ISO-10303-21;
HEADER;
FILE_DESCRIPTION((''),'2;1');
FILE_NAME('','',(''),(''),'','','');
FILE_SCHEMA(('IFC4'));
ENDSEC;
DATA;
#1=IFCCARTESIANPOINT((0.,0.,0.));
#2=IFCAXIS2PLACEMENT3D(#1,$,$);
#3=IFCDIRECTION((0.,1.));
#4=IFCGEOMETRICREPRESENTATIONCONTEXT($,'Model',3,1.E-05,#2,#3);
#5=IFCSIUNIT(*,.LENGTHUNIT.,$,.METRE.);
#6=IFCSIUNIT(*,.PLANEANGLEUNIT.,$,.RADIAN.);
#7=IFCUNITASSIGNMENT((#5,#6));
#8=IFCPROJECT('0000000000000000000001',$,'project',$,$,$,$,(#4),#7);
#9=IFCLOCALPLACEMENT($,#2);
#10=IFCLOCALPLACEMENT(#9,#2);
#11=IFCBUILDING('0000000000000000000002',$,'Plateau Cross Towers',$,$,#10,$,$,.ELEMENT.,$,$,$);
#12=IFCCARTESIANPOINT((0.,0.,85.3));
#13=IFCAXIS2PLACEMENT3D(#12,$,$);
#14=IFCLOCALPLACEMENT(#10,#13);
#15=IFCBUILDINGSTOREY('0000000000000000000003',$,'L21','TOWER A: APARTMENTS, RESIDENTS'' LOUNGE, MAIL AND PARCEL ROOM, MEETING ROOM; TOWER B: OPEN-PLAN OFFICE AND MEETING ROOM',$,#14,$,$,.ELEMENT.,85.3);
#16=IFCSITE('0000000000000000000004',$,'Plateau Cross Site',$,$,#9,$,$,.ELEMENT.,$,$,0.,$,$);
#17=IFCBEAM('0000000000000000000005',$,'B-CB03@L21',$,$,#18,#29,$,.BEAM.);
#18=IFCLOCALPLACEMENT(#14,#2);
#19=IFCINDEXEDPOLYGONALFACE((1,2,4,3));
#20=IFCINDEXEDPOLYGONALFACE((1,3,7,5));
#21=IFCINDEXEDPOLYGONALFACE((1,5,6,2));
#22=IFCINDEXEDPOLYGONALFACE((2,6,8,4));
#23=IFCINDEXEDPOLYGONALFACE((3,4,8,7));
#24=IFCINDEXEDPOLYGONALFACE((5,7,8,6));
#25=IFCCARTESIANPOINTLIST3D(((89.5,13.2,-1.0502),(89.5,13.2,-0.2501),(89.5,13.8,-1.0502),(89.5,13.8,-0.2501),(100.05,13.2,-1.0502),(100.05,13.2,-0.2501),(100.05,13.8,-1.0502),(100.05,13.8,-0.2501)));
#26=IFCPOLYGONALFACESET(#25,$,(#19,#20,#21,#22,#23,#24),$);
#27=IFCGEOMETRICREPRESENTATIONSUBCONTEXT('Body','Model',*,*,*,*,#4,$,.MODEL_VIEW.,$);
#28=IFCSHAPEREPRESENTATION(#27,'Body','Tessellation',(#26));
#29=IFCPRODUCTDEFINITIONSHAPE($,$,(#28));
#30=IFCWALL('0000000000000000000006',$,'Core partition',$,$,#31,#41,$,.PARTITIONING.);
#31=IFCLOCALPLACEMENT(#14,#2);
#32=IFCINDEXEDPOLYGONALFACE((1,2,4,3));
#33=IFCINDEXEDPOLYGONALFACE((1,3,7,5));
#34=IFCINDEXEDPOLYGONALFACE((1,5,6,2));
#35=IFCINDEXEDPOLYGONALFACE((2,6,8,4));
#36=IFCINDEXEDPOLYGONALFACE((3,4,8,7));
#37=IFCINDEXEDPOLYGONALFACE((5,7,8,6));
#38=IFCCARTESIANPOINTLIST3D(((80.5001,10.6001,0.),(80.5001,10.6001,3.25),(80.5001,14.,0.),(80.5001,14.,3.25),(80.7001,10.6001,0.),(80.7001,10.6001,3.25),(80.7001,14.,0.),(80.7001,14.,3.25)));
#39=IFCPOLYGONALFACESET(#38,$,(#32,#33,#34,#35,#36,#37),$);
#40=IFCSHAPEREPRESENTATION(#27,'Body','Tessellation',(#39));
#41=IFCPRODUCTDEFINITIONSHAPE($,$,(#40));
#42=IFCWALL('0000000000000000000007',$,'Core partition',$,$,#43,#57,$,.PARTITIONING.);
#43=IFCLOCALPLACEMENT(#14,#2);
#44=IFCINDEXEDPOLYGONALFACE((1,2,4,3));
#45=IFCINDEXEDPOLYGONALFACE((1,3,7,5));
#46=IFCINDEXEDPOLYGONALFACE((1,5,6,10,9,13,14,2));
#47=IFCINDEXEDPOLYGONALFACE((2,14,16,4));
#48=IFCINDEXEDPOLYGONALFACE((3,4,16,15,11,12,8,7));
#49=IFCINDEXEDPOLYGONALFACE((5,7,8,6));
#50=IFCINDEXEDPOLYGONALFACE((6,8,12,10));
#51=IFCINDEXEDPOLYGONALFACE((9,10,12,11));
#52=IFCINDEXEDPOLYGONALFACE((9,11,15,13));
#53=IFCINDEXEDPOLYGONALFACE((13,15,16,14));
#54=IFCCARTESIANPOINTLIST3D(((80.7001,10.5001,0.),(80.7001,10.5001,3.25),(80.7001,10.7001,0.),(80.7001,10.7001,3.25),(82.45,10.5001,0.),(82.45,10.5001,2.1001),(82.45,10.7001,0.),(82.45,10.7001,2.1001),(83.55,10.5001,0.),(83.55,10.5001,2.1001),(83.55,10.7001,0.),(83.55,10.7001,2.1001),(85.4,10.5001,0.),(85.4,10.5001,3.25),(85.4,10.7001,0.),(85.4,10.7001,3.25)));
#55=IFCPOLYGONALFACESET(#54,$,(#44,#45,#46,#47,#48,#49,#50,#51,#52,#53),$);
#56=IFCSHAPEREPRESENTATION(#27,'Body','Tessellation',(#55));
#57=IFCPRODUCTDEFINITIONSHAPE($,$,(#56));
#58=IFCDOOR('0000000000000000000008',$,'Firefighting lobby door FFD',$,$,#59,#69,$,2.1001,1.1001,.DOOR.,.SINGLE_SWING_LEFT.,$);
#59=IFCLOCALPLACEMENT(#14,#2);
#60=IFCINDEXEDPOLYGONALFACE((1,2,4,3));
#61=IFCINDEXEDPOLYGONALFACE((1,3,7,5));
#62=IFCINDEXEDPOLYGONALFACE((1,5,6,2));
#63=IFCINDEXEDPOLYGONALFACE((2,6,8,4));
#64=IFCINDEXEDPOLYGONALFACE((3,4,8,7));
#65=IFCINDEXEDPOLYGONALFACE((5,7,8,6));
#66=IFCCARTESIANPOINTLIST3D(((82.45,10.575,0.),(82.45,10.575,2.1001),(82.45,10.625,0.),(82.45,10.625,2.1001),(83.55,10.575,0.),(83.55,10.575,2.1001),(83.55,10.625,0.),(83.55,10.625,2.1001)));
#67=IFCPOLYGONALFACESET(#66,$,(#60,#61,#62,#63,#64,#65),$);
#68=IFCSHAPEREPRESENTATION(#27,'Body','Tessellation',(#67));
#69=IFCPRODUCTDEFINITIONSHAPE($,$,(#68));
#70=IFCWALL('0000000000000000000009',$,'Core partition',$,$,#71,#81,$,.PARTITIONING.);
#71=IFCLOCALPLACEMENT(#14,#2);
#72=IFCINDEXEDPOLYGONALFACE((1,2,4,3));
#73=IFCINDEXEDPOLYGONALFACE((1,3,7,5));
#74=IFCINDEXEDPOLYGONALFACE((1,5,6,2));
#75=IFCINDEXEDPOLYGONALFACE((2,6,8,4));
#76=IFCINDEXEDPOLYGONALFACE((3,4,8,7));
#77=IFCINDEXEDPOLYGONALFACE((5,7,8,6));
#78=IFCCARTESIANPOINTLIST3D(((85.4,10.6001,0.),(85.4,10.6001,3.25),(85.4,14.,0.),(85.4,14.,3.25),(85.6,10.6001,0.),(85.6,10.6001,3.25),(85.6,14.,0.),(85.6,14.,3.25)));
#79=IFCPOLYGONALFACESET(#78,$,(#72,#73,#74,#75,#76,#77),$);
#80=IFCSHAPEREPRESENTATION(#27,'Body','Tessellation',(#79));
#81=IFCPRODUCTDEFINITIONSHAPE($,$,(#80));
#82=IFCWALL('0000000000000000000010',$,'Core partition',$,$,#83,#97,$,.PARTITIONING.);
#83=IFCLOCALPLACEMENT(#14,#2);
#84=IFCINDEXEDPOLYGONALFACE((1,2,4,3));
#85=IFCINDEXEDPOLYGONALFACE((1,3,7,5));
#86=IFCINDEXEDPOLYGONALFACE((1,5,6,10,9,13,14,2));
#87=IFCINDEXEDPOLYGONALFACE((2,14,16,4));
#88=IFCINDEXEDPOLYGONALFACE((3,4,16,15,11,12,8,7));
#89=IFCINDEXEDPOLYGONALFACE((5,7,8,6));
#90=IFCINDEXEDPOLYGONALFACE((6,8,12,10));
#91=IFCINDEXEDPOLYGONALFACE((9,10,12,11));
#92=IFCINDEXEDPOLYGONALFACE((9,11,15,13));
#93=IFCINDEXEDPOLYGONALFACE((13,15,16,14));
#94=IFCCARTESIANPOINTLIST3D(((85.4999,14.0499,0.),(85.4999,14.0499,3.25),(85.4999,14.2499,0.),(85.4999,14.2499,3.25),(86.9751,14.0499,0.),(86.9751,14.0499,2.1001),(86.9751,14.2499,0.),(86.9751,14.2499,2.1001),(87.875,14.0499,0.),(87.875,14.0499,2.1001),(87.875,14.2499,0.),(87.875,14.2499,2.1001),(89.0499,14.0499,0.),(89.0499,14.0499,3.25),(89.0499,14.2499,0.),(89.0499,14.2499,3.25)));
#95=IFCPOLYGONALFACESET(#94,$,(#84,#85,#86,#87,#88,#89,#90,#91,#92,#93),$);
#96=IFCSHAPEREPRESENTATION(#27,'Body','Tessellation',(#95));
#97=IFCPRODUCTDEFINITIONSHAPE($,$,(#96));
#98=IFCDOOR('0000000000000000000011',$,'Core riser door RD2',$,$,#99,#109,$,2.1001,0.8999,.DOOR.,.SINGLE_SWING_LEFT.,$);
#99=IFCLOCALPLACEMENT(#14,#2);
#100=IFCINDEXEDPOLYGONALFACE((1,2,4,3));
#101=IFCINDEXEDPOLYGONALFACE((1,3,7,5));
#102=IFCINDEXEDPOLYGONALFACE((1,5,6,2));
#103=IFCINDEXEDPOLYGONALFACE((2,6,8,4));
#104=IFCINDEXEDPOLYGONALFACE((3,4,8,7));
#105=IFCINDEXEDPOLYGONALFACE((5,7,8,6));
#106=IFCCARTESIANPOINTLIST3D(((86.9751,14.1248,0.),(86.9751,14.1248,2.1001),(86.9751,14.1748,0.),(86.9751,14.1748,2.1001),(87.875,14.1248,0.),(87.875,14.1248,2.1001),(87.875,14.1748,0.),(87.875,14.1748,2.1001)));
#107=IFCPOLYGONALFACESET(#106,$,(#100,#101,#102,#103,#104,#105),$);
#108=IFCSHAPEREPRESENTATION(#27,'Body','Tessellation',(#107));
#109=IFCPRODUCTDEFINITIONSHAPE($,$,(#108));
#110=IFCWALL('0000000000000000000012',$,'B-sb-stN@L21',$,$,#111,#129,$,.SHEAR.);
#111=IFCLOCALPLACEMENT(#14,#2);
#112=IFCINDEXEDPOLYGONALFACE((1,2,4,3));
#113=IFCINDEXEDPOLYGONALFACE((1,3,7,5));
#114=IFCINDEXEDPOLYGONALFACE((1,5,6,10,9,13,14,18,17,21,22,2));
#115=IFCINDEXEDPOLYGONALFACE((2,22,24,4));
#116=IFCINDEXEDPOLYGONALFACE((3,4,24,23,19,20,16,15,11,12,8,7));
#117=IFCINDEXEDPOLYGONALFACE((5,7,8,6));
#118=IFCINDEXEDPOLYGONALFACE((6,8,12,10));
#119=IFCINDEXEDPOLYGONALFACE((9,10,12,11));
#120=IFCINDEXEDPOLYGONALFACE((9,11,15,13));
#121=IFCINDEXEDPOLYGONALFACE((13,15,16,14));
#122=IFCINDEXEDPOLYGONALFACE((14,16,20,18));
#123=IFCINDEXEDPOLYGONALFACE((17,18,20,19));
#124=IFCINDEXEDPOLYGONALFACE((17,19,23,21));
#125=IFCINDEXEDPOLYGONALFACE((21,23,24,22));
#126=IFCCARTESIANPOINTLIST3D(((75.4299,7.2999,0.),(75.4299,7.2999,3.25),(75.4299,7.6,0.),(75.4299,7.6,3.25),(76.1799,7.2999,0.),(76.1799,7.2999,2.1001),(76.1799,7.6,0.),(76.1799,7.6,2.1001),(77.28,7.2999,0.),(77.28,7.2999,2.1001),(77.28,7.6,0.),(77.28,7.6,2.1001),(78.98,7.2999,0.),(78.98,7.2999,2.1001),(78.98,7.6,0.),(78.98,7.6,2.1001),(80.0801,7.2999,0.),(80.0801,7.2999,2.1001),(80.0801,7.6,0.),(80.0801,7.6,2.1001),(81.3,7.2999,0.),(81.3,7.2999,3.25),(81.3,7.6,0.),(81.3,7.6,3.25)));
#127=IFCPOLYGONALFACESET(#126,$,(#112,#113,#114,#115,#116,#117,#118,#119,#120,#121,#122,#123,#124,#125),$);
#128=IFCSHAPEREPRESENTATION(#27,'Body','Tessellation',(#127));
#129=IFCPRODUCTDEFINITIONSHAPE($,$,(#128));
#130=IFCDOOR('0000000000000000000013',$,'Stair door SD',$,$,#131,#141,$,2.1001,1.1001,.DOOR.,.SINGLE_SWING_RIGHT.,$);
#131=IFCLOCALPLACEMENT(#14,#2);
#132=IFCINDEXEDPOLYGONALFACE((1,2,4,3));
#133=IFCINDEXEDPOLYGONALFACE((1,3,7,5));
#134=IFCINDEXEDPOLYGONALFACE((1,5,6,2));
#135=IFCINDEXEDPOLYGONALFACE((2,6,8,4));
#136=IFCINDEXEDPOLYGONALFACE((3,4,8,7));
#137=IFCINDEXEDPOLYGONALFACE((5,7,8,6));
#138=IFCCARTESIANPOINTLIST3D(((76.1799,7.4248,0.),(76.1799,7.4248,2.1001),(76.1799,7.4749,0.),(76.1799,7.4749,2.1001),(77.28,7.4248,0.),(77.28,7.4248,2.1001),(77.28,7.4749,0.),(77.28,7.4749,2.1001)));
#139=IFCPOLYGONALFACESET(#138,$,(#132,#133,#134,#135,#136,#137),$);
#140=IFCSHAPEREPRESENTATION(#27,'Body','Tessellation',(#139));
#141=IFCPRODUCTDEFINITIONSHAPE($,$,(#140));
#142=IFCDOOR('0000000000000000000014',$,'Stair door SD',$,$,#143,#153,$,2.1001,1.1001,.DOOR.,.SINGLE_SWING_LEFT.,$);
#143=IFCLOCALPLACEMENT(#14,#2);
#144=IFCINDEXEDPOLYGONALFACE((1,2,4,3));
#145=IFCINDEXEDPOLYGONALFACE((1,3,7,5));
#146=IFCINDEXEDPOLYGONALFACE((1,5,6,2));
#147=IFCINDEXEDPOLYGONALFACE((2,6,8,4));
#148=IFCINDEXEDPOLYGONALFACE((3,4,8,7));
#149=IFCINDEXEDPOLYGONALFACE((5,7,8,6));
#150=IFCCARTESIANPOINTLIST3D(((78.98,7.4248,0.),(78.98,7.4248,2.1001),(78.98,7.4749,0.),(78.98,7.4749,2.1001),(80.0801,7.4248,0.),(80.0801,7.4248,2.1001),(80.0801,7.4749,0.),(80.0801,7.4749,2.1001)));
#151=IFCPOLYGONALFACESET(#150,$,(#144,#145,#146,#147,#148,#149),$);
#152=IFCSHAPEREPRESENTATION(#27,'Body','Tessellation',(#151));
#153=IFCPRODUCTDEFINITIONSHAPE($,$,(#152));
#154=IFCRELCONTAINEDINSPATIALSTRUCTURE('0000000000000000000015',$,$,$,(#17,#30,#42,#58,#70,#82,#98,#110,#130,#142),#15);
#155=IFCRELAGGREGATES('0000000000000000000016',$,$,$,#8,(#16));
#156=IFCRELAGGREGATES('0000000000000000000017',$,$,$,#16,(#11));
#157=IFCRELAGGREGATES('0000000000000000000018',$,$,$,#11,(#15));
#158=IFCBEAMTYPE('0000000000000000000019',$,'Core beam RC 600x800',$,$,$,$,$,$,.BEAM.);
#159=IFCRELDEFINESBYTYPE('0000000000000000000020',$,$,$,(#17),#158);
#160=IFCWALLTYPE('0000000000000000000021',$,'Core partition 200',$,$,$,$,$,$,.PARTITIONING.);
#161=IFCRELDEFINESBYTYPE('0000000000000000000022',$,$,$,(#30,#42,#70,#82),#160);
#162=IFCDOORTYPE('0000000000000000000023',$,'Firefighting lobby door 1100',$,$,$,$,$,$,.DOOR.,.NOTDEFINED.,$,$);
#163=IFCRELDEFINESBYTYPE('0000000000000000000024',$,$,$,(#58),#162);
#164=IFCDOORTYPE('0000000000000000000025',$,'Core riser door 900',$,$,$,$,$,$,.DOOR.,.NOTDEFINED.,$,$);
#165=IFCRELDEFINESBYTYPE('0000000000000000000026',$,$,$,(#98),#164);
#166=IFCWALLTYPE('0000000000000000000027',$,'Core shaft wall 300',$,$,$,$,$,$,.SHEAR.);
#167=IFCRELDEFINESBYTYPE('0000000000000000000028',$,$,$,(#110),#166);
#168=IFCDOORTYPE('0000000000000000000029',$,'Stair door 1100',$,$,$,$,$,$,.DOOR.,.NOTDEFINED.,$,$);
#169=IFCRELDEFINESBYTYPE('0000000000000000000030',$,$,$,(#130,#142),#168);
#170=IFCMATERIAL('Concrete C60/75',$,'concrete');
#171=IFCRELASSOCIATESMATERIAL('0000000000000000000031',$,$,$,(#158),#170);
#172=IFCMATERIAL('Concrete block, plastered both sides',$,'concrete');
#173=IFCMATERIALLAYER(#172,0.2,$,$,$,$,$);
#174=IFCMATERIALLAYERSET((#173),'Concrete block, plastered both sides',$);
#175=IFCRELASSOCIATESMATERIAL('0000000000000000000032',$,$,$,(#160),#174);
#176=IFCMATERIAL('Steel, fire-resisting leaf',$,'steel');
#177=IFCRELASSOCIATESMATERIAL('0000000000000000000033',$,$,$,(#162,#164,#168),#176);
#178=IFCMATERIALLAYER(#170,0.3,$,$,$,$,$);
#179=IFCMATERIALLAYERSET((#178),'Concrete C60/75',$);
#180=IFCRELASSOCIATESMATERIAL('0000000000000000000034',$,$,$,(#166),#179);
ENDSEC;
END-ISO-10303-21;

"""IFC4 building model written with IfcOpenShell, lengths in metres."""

from ifc_helpers import new_model, si_unit, direction, frame, frame_2d, origin, origin_2d, place, context, subcontext, project, spatial, rectangle, extrude, material, layer, layer_set, material_profile, profile_set, type_object, element, fill, save


model = new_model("IFC4")

# Units and contexts
model_context = context("Model", 3, precision=1e-05, world=origin(), true_north=direction((0.0, 1.0)))
body_context = subcontext(model_context, "Body", "Model", "MODEL_VIEW")
ifc_project = project(units=[si_unit("LENGTHUNIT", "METRE"), si_unit("PLANEANGLEUNIT", "RADIAN")], contexts=[model_context])

# Site, building, storey
site_placement = place(None, origin())
site = spatial("IfcSite", under=ifc_project, at=site_placement, Name="Plateau Cross Site", CompositionType="ELEMENT", RefElevation=0.0)
building_placement = place(site_placement, origin())
building = spatial("IfcBuilding", under=site, at=building_placement, Name="Plateau Cross Towers", CompositionType="ELEMENT")
storey_placement = place(building_placement, frame((0.0, 0.0, 85.3)))
storey = spatial("IfcBuildingStorey", under=building, at=storey_placement, Name="L21", Description="TOWER A: APARTMENTS, RESIDENTS' LOUNGE, MAIL AND PARCEL ROOM, MEETING ROOM; TOWER B: OPEN-PLAN OFFICE AND MEETING ROOM", CompositionType="ELEMENT", Elevation=85.3)

# Beam
ifc_material_1 = material(Name="Concrete C60/75", Category="concrete")
ifc_material_profile = material_profile(ifc_material_1, rectangle(XDim=0.6001, YDim=0.8, at=origin_2d()), Name="RC 600x800")
ifc_profile_set = profile_set([ifc_material_profile], Name="Concrete C60/75")
beam_type = type_object("IfcBeamType", Name="Core beam RC 600x800", PredefinedType="BEAM", material=ifc_profile_set)
beam_placement = place(storey_placement, frame((89.5, 13.5, -0.6501), z_axis=(1.0, 0.0, 0.0), x_axis=(0.0, 1.0, 0.0)))
element("IfcBeam", 1, at=beam_placement, inside=storey, type_object=beam_type, Name="B-CB03@L21", PredefinedType="BEAM", context=body_context, shape_type="SweptSolid", body=[
    extrude(rectangle(XDim=0.6001, YDim=0.8, at=origin_2d()), origin(), (0.0, 0.0, 1.0), 10.55),
])

# Wall
ifc_material_2 = material(Name="Concrete block, plastered both sides", Category="concrete")
ifc_layer_1 = layer(ifc_material_2, 0.2)
ifc_layer_set_1 = layer_set([ifc_layer_1], Name="Concrete block, plastered both sides")
wall_type_1 = type_object("IfcWallType", Name="Core partition 200", PredefinedType="PARTITIONING", material=ifc_layer_set_1)
wall_1_placement = place(storey_placement, frame((80.6001, 10.6001, 0.0), z_axis=(0.0, 0.0, 1.0), x_axis=(0.0, 1.0, 0.0)))
element("IfcWall", 2, at=wall_1_placement, inside=storey, type_object=wall_type_1, Name="Core partition", PredefinedType="PARTITIONING", context=body_context, shape_type="SweptSolid", body=[
    extrude(rectangle(XDim=3.3999, YDim=0.2, at=frame_2d((1.7, 0.0))), origin(), (0.0, 0.0, 1.0), 3.25),
])

# Wall, opening, door
wall_2_placement = place(storey_placement, frame((80.7, 10.6001, 0.0), z_axis=(0.0, 0.0, 1.0), x_axis=(1.0, 0.0, 0.0)))
wall_2 = element("IfcWall", 3, at=wall_2_placement, inside=storey, type_object=wall_type_1, Name="Core partition", PredefinedType="PARTITIONING", context=body_context, shape_type="SweptSolid", body=[
    extrude(rectangle(XDim=4.7, YDim=0.2, at=frame_2d((2.3501, 0.0))), origin(), (0.0, 0.0, 1.0), 3.25),
])
opening_1_placement = place(wall_2_placement, frame((1.75, 0.0, 0.0)))
opening_1 = element("IfcOpeningElement", 4, at=opening_1_placement, cuts=wall_2, PredefinedType="OPENING", context=body_context, shape_type="SweptSolid", body=[
    extrude(rectangle(XDim=1.1001, YDim=2.1001, at=frame_2d((0.55, 1.05))), frame((0.0, 0.1099, 0.0), z_axis=(0.0, -1.0, 0.0), x_axis=(1.0, 0.0, 0.0)), (0.0, 0.0, 1.0), 0.22),
])
ifc_material_3 = material(Name="Steel, fire-resisting leaf", Category="steel")
door_type_1 = type_object("IfcDoorType", Name="Firefighting lobby door 1100", OperationType="NOTDEFINED", PredefinedType="DOOR", material=ifc_material_3)
door_1_placement = place(opening_1_placement, origin())
door_1 = element("IfcDoor", 5, at=door_1_placement, inside=storey, type_object=door_type_1, Name="Firefighting lobby door FFD", OperationType="SINGLE_SWING_LEFT", OverallHeight=2.1001, OverallWidth=1.1001, PredefinedType="DOOR", context=body_context, shape_type="SweptSolid", body=[
    extrude(rectangle(XDim=1.1001, YDim=2.1001, at=frame_2d((0.55, 1.05))), frame((0.0, 0.0249, 0.0), z_axis=(0.0, -1.0, 0.0), x_axis=(1.0, 0.0, 0.0)), (0.0, 0.0, 1.0), 0.05),
])
fill(opening_1, door_1)

# Wall
wall_3_placement = place(storey_placement, frame((85.5, 10.6001, 0.0), z_axis=(0.0, 0.0, 1.0), x_axis=(0.0, 1.0, 0.0)))
element("IfcWall", 6, at=wall_3_placement, inside=storey, type_object=wall_type_1, Name="Core partition", PredefinedType="PARTITIONING", context=body_context, shape_type="SweptSolid", body=[
    extrude(rectangle(XDim=3.3999, YDim=0.2, at=frame_2d((1.7, 0.0))), origin(), (0.0, 0.0, 1.0), 3.25),
])

# Wall, opening, door
wall_4_placement = place(storey_placement, frame((85.5, 14.1499, 0.0), z_axis=(0.0, 0.0, 1.0), x_axis=(1.0, 0.0, 0.0)))
wall_4 = element("IfcWall", 7, at=wall_4_placement, inside=storey, type_object=wall_type_1, Name="Core partition", PredefinedType="PARTITIONING", context=body_context, shape_type="SweptSolid", body=[
    extrude(rectangle(XDim=3.55, YDim=0.2, at=frame_2d((1.7749, 0.0))), origin(), (0.0, 0.0, 1.0), 3.25),
])
opening_2_placement = place(wall_4_placement, frame((1.4751, 0.0, 0.0)))
opening_2 = element("IfcOpeningElement", 8, at=opening_2_placement, cuts=wall_4, PredefinedType="OPENING", context=body_context, shape_type="SweptSolid", body=[
    extrude(rectangle(XDim=0.8999, YDim=2.1001, at=frame_2d((0.45, 1.05))), frame((0.0, 0.1099, 0.0), z_axis=(0.0, -1.0, 0.0), x_axis=(1.0, 0.0, 0.0)), (0.0, 0.0, 1.0), 0.22),
])
door_type_2 = type_object("IfcDoorType", Name="Core riser door 900", OperationType="NOTDEFINED", PredefinedType="DOOR", material=ifc_material_3)
door_2_placement = place(opening_2_placement, origin())
door_2 = element("IfcDoor", 9, at=door_2_placement, inside=storey, type_object=door_type_2, Name="Core riser door RD2", OperationType="SINGLE_SWING_LEFT", OverallHeight=2.1001, OverallWidth=0.8999, PredefinedType="DOOR", context=body_context, shape_type="SweptSolid", body=[
    extrude(rectangle(XDim=0.8999, YDim=2.1001, at=frame_2d((0.45, 1.05))), frame((0.0, 0.0249, 0.0), z_axis=(0.0, -1.0, 0.0), x_axis=(1.0, 0.0, 0.0)), (0.0, 0.0, 1.0), 0.05),
])
fill(opening_2, door_2)

# Wall, openings, doors
ifc_layer_2 = layer(ifc_material_1, 0.3)
ifc_layer_set_2 = layer_set([ifc_layer_2], Name="Concrete C60/75")
wall_type_2 = type_object("IfcWallType", Name="Core shaft wall 300", PredefinedType="SHEAR", material=ifc_layer_set_2)
wall_5_placement = place(storey_placement, frame((75.4299, 7.45, 0.0), z_axis=(0.0, 0.0, 1.0), x_axis=(1.0, 0.0, 0.0)))
wall_5 = element("IfcWall", 10, at=wall_5_placement, inside=storey, type_object=wall_type_2, Name="B-sb-stN@L21", PredefinedType="SHEAR", context=body_context, shape_type="SweptSolid", body=[
    extrude(rectangle(XDim=5.8701, YDim=0.3, at=frame_2d((2.9351, 0.0))), origin(), (0.0, 0.0, 1.0), 3.25),
])
opening_3_placement = place(wall_5_placement, frame((0.75, 0.0, 0.0)))
opening_3 = element("IfcOpeningElement", 11, at=opening_3_placement, cuts=wall_5, PredefinedType="OPENING", context=body_context, shape_type="SweptSolid", body=[
    extrude(rectangle(XDim=1.1001, YDim=2.1001, at=frame_2d((0.55, 1.05))), frame((0.0, 0.1599, 0.0), z_axis=(0.0, -1.0, 0.0), x_axis=(1.0, 0.0, 0.0)), (0.0, 0.0, 1.0), 0.3201),
])
opening_4_placement = place(wall_5_placement, frame((3.55, 0.0, 0.0)))
opening_4 = element("IfcOpeningElement", 12, at=opening_4_placement, cuts=wall_5, PredefinedType="OPENING", context=body_context, shape_type="SweptSolid", body=[
    extrude(rectangle(XDim=1.1001, YDim=2.1001, at=frame_2d((0.55, 1.05))), frame((0.0, 0.1599, 0.0), z_axis=(0.0, -1.0, 0.0), x_axis=(1.0, 0.0, 0.0)), (0.0, 0.0, 1.0), 0.3201),
])
door_type_3 = type_object("IfcDoorType", Name="Stair door 1100", OperationType="NOTDEFINED", PredefinedType="DOOR", material=ifc_material_3)
door_3_placement = place(opening_3_placement, origin())
door_3 = element("IfcDoor", 13, at=door_3_placement, inside=storey, type_object=door_type_3, Name="Stair door SD", OperationType="SINGLE_SWING_RIGHT", OverallHeight=2.1001, OverallWidth=1.1001, PredefinedType="DOOR", context=body_context, shape_type="SweptSolid", body=[
    extrude(rectangle(XDim=1.1001, YDim=2.1001, at=frame_2d((0.55, 1.05))), frame((0.0, 0.0249, 0.0), z_axis=(0.0, -1.0, 0.0), x_axis=(1.0, 0.0, 0.0)), (0.0, 0.0, 1.0), 0.05),
])
fill(opening_3, door_3)
door_4_placement = place(opening_4_placement, origin())
door_4 = element("IfcDoor", 14, at=door_4_placement, inside=storey, type_object=door_type_3, Name="Stair door SD", OperationType="SINGLE_SWING_LEFT", OverallHeight=2.1001, OverallWidth=1.1001, PredefinedType="DOOR", context=body_context, shape_type="SweptSolid", body=[
    extrude(rectangle(XDim=1.1001, YDim=2.1001, at=frame_2d((0.55, 1.05))), frame((0.0, 0.0249, 0.0), z_axis=(0.0, -1.0, 0.0), x_axis=(1.0, 0.0, 0.0)), (0.0, 0.0, 1.0), 0.05),
])
fill(opening_4, door_4)

save(model, "model.ifc")
